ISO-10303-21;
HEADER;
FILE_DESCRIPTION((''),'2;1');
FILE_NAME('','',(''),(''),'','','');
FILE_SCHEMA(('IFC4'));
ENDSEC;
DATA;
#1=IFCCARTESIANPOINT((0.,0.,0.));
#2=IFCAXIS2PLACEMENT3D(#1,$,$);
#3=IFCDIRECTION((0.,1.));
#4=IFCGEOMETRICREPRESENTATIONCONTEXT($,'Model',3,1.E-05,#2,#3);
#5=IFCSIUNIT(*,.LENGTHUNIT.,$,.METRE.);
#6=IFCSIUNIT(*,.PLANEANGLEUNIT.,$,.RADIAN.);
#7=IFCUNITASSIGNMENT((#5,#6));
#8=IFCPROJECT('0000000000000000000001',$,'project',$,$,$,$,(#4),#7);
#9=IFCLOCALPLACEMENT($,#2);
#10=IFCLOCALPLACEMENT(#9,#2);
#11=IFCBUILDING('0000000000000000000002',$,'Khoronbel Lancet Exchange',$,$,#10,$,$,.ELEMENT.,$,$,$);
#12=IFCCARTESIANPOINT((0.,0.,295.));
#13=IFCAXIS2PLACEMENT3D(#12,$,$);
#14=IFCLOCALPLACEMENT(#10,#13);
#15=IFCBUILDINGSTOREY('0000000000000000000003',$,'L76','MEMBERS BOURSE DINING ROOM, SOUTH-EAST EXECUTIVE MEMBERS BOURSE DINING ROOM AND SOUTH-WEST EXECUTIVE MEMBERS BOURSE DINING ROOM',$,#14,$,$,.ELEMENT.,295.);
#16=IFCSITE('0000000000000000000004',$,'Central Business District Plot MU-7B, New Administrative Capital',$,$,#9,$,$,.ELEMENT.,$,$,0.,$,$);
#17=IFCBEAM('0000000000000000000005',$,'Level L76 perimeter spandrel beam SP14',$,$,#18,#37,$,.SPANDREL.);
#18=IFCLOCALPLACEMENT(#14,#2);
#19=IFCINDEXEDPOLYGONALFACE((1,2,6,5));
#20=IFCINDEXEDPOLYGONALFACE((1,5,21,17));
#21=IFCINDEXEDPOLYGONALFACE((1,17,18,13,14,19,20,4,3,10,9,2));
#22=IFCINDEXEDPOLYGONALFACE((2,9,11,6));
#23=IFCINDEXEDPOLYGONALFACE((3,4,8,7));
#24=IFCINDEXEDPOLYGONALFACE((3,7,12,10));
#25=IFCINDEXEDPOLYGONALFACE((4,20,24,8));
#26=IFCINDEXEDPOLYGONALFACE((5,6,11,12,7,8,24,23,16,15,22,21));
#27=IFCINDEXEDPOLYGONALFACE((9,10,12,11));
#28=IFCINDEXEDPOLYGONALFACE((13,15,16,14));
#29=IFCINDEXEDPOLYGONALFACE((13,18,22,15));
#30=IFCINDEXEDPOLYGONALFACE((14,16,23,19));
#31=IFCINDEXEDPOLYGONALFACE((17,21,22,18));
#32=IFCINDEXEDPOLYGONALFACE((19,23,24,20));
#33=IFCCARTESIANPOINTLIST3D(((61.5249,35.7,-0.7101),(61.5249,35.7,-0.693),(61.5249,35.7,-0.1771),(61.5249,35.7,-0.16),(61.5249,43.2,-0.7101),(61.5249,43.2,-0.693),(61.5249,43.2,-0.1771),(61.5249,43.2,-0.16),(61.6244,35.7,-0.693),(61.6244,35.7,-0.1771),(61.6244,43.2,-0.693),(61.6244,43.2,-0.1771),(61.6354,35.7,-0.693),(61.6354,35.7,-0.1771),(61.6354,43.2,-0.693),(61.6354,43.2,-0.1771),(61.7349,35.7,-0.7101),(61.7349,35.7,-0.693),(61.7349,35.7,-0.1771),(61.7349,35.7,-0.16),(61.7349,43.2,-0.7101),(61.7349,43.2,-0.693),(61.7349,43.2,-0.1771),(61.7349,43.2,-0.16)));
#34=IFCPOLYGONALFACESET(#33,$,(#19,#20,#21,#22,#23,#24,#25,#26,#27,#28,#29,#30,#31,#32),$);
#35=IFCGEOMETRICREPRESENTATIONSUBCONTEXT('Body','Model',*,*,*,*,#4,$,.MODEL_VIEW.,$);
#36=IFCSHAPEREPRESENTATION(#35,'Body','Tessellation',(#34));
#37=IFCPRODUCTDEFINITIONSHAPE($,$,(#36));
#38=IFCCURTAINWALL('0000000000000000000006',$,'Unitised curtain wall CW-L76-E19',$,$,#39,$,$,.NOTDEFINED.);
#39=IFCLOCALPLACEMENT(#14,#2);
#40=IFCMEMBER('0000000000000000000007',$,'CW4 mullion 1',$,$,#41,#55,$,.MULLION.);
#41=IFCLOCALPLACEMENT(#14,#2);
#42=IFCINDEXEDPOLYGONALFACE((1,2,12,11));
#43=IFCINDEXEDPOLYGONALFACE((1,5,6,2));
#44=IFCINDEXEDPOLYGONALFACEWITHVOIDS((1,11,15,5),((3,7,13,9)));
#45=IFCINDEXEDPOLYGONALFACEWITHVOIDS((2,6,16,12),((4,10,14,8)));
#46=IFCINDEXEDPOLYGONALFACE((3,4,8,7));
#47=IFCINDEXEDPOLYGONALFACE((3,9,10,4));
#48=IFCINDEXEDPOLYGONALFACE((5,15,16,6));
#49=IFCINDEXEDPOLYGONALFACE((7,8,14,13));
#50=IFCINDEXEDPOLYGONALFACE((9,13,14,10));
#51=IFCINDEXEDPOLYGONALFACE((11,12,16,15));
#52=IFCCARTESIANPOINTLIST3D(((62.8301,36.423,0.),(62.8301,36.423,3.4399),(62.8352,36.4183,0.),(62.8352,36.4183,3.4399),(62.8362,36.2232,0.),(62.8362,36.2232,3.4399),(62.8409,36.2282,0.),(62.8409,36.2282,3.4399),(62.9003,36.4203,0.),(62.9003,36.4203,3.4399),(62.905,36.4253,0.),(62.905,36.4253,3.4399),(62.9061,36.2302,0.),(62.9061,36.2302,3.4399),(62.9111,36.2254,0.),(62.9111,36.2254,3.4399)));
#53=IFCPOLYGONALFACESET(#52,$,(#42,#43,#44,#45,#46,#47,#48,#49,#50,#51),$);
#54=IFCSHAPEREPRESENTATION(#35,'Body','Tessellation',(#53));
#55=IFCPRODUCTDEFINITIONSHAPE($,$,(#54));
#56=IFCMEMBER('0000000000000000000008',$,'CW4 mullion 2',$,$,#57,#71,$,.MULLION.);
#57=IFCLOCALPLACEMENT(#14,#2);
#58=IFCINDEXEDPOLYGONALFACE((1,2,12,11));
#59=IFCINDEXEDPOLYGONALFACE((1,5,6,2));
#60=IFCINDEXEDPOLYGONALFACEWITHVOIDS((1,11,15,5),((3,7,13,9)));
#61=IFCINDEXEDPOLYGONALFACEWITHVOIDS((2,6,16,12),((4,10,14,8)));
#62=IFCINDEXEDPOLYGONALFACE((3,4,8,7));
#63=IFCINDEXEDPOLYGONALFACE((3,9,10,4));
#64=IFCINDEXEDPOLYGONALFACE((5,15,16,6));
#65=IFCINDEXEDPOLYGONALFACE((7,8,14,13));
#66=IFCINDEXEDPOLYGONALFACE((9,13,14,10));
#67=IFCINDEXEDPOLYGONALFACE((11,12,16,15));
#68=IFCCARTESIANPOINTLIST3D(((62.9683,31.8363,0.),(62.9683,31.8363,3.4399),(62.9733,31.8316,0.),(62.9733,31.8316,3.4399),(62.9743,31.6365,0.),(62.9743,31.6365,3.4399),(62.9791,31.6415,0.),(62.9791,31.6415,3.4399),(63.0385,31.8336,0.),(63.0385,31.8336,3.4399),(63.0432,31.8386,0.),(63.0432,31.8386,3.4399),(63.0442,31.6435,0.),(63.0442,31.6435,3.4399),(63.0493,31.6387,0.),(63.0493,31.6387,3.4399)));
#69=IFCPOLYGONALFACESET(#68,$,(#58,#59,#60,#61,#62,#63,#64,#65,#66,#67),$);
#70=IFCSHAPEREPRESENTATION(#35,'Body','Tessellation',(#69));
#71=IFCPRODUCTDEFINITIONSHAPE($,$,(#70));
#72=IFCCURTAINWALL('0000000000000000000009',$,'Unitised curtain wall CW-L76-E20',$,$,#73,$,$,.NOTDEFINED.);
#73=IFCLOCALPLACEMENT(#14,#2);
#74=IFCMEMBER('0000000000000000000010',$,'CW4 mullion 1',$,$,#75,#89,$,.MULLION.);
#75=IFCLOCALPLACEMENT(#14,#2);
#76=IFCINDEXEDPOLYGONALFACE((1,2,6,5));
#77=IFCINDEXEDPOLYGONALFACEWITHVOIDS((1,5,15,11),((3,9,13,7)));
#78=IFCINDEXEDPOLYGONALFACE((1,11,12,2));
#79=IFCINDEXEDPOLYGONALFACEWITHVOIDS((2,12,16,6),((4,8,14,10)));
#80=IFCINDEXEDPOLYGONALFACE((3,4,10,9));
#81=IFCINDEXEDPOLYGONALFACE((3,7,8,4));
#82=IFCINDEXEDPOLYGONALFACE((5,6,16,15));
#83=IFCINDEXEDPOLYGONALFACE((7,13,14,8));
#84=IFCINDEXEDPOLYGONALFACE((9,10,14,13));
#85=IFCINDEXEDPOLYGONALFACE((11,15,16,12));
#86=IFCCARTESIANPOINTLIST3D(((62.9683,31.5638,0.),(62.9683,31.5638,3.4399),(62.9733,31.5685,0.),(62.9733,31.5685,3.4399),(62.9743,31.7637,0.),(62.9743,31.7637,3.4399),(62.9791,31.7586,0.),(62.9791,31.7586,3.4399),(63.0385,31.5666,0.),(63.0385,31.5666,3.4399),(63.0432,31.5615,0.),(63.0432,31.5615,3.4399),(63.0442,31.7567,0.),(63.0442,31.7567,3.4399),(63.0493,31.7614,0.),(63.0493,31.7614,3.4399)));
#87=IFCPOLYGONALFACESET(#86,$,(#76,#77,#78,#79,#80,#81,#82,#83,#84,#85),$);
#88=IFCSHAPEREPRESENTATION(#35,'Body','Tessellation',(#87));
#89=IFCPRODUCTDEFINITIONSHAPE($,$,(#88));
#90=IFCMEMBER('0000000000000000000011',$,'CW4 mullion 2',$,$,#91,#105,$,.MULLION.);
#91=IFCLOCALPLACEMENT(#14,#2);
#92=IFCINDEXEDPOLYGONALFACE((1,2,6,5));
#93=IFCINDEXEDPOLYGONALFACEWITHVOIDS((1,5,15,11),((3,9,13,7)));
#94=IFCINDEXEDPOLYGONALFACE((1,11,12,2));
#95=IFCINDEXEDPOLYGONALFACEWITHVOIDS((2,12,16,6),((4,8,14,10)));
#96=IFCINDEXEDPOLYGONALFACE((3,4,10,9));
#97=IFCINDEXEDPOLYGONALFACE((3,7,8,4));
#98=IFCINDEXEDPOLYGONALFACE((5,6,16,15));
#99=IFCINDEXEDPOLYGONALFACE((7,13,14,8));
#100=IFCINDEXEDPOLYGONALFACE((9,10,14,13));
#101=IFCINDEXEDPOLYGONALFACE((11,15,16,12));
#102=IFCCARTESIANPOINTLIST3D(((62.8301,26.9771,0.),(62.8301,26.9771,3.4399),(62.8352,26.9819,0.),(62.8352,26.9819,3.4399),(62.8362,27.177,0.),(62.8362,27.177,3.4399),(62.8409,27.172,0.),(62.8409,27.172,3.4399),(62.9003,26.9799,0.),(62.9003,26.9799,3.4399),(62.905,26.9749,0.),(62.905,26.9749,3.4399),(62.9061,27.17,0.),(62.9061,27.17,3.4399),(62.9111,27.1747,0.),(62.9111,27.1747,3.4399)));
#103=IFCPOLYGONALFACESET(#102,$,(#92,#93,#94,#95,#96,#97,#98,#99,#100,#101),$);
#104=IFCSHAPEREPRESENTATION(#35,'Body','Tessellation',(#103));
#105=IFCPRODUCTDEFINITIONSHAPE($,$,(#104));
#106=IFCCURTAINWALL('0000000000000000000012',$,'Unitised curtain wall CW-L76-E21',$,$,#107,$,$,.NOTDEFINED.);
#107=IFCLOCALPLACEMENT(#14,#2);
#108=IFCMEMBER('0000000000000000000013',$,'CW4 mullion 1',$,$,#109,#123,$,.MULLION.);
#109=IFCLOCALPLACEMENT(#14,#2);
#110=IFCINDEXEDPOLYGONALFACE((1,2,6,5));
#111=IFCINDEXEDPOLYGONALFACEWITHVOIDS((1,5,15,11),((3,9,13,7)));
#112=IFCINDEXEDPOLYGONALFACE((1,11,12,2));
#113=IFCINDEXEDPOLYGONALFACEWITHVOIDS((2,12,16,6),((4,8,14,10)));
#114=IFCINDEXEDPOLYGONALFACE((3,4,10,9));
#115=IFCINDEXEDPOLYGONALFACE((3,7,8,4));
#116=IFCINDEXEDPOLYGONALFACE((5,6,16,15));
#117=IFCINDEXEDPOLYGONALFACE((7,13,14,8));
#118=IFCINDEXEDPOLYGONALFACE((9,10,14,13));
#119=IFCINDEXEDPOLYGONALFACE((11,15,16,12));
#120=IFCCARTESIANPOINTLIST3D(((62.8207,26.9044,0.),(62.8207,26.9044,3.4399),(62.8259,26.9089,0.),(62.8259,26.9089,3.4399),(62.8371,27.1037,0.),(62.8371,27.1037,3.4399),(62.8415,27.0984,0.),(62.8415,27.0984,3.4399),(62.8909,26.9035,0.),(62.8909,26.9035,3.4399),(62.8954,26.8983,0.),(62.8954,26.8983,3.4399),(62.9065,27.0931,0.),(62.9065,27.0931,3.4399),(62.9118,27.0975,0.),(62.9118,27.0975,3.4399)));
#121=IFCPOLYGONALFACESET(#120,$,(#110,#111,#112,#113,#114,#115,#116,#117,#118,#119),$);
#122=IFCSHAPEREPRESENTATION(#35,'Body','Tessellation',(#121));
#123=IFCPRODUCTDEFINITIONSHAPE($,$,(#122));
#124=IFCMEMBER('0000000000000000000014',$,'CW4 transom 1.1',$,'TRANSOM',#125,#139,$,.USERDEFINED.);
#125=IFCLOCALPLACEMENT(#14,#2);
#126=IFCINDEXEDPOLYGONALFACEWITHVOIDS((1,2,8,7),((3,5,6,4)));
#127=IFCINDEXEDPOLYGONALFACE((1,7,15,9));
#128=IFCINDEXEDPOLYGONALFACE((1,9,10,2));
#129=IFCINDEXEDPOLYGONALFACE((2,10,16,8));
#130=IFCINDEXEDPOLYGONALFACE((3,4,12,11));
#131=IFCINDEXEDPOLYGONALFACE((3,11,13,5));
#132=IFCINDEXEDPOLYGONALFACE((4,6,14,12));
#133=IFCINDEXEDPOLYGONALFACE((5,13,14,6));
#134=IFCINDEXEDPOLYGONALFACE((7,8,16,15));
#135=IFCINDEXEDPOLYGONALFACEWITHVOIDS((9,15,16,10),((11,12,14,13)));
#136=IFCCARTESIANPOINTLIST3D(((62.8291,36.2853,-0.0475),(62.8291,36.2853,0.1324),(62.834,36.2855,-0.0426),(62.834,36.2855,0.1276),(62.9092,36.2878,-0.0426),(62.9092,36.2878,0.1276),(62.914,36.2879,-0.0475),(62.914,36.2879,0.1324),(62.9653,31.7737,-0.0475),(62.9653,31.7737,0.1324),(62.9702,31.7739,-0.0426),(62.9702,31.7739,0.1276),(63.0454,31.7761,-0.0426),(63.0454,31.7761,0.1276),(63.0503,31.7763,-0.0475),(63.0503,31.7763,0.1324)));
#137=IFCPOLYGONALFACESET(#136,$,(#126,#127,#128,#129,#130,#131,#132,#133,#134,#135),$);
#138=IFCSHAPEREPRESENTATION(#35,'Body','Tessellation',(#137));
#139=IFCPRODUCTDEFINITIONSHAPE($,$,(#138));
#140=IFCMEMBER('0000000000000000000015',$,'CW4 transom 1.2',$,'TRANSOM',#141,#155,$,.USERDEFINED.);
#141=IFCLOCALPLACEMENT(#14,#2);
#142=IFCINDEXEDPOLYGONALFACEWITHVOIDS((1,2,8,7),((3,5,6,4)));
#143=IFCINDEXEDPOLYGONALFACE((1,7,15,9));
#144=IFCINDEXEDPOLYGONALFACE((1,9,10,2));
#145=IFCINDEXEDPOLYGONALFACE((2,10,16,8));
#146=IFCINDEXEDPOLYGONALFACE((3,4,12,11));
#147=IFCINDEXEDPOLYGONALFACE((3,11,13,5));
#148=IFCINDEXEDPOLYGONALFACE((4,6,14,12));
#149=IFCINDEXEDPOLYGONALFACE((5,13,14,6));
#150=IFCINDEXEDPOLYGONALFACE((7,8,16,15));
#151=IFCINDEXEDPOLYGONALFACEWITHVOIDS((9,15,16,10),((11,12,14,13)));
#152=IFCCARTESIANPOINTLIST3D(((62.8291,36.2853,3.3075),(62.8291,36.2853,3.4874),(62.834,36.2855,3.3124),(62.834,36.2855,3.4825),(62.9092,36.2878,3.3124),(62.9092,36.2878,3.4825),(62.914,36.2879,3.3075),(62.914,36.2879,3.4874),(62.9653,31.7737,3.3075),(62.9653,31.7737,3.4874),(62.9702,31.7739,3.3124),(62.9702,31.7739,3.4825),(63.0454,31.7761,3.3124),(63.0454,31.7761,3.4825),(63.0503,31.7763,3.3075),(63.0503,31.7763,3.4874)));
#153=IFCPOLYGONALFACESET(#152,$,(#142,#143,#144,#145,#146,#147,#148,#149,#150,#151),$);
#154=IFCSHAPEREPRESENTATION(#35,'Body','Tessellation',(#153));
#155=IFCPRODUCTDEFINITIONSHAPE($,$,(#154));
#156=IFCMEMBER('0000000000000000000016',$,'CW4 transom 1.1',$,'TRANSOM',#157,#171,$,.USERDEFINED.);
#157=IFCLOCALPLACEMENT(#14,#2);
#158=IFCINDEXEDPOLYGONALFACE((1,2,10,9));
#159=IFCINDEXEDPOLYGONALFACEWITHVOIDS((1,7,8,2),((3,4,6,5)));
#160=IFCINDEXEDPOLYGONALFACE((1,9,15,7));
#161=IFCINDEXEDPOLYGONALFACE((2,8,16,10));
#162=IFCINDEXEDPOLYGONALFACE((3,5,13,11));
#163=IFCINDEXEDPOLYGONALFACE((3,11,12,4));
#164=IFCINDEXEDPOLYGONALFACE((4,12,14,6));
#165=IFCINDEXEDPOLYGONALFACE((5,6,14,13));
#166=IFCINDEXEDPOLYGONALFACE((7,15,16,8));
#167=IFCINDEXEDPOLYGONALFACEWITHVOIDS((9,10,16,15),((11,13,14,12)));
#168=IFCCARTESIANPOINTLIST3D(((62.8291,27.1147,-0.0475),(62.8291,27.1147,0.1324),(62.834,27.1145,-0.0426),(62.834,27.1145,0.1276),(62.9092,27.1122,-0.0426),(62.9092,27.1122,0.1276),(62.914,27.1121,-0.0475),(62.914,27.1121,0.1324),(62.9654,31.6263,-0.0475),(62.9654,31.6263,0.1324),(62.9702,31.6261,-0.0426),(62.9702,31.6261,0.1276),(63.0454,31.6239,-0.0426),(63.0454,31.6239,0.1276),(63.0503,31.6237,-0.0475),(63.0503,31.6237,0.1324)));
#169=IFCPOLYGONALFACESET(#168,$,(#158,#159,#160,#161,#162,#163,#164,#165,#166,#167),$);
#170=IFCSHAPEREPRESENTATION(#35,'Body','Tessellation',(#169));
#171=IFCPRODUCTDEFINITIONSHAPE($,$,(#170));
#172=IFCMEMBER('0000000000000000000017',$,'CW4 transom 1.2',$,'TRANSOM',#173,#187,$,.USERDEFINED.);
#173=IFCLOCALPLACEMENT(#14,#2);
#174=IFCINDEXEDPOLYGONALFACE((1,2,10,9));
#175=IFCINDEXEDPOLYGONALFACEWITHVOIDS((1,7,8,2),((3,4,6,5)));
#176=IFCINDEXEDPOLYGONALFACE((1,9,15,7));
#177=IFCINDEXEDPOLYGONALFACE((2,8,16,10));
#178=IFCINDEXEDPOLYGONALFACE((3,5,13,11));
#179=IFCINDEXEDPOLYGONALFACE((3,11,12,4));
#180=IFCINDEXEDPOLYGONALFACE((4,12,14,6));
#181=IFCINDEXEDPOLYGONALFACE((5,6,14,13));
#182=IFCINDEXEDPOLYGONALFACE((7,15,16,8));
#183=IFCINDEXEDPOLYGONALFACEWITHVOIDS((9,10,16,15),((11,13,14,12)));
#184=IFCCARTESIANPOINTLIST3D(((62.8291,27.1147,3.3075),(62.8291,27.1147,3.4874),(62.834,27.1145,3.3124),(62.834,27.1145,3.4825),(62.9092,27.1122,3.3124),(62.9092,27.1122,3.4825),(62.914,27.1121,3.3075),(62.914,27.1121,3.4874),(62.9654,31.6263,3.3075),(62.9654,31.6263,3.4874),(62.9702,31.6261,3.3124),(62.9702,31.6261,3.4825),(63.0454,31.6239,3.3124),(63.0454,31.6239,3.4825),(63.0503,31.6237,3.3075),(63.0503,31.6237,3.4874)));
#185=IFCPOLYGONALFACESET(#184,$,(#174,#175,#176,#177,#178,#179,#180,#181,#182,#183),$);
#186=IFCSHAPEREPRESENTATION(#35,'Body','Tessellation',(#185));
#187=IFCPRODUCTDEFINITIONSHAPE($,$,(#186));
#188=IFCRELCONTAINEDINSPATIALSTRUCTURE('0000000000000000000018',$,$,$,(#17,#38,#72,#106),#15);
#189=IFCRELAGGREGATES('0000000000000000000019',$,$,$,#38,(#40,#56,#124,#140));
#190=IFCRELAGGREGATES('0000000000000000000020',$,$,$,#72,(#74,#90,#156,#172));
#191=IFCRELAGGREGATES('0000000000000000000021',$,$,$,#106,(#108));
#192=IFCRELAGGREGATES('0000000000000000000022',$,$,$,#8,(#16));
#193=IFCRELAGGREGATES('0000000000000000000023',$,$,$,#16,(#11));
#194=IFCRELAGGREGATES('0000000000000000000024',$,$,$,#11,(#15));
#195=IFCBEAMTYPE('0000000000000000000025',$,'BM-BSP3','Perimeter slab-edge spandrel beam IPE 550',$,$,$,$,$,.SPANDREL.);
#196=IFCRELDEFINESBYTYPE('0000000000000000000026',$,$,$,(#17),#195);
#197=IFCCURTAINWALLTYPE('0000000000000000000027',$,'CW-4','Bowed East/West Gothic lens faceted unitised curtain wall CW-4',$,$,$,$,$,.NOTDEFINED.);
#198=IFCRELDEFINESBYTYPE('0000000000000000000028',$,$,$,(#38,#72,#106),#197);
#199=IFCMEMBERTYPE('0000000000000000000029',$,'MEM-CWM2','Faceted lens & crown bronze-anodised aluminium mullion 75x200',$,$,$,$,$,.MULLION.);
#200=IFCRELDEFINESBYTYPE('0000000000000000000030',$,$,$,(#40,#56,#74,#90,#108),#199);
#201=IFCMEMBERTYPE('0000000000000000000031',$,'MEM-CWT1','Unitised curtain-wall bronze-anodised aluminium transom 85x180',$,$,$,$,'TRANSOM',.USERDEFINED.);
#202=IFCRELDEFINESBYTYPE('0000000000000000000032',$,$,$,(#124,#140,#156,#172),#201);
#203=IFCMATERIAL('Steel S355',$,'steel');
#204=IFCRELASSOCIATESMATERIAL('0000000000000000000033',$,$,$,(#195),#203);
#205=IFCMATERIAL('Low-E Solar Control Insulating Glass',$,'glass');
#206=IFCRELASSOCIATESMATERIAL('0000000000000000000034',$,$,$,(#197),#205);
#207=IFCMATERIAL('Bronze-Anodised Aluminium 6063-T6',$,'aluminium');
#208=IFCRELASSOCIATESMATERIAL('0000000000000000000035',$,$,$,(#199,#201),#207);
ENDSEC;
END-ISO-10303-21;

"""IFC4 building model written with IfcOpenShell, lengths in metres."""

from ifc_helpers import new_model, si_unit, direction, frame, origin, origin_2d, place, context, subcontext, project, spatial, hollow_rectangle, i_section, extrude, material, material_profile, profile_set, type_object, element, aggregate, save


model = new_model("IFC4")

# Units and contexts
model_context = context("Model", 3, precision=1e-05, world=origin(), true_north=direction((0.0, 1.0)))
body_context = subcontext(model_context, "Body", "Model", "MODEL_VIEW")
ifc_project = project(units=[si_unit("LENGTHUNIT", "METRE"), si_unit("PLANEANGLEUNIT", "RADIAN")], contexts=[model_context])

# Site, building, storey
site_placement = place(None, origin())
site = spatial("IfcSite", under=ifc_project, at=site_placement, Name="Central Business District Plot MU-7B, New Administrative Capital", CompositionType="ELEMENT", RefElevation=0.0)
building_placement = place(site_placement, origin())
building = spatial("IfcBuilding", under=site, at=building_placement, Name="Khoronbel Lancet Exchange", CompositionType="ELEMENT")
storey_placement = place(building_placement, frame((0.0, 0.0, 295.0)))
storey = spatial("IfcBuildingStorey", under=building, at=storey_placement, Name="L76", Description="MEMBERS BOURSE DINING ROOM, SOUTH-EAST EXECUTIVE MEMBERS BOURSE DINING ROOM AND SOUTH-WEST EXECUTIVE MEMBERS BOURSE DINING ROOM", CompositionType="ELEMENT", Elevation=295.0)

# Shared definitions
ifc_material_1 = material(Name="Steel S355", Category="steel")

# Beam
ifc_material_profile_1 = material_profile(ifc_material_1, i_section(OverallWidth=0.21, OverallDepth=0.55, WebThickness=0.011, FlangeThickness=0.0171, at=origin_2d()), Name="IPE 550")
ifc_profile_set_1 = profile_set([ifc_material_profile_1], Name="Steel S355")
beam_type_1 = type_object("IfcBeamType", Name="BM-BSP3", Description="Perimeter slab-edge spandrel beam IPE 550", PredefinedType="SPANDREL", material=ifc_profile_set_1)
beam_1_placement = place(storey_placement, frame((61.6299, 35.7, -0.4351), z_axis=(0.0, 1.0, 0.0), x_axis=(-1.0, 0.0, 0.0)))
element("IfcBeam", 1, at=beam_1_placement, inside=storey, type_object=beam_type_1, Name="Level L76 perimeter spandrel beam SP14", PredefinedType="SPANDREL", context=body_context, shape_type="SweptSolid", body=[
    extrude(i_section(OverallWidth=0.21, OverallDepth=0.55, WebThickness=0.011, FlangeThickness=0.0171, at=origin_2d()), origin(), (0.0, 0.0, 1.0), 7.5),
])

# Curtain walls, members
ifc_material_2 = material(Name="Low-E Solar Control Insulating Glass", Category="glass")
curtain_wall_type = type_object("IfcCurtainWallType", Name="CW-4", Description="Bowed East/West Gothic lens faceted unitised curtain wall CW-4", PredefinedType="NOTDEFINED", material=ifc_material_2)
curtain_wall_1_placement = place(storey_placement, origin())
curtain_wall_1 = element("IfcCurtainWall", 2, at=curtain_wall_1_placement, inside=storey, type_object=curtain_wall_type, Name="Unitised curtain wall CW-L76-E19", PredefinedType="NOTDEFINED")
ifc_material_3 = material(Name="Bronze-Anodised Aluminium 6063-T6", Category="aluminium")
ifc_material_profile_2 = material_profile(ifc_material_3, hollow_rectangle(XDim=0.075, YDim=0.2, WallThickness=0.0049, at=origin_2d()), Name="ALU MULLION 75x200")
ifc_profile_set_2 = profile_set([ifc_material_profile_2], Name="Bronze-Anodised Aluminium 6063-T6")
member_type_1 = type_object("IfcMemberType", Name="MEM-CWM2", Description="Faceted lens & crown bronze-anodised aluminium mullion 75x200", PredefinedType="MULLION", material=ifc_profile_set_2)
member_1_placement = place(storey_placement, frame((62.8706, 36.3242, 0.0), z_axis=(0.0, 0.0, 1.0), x_axis=(0.999545, 0.030148, 0.0)))
member_1 = element("IfcMember", 3, at=member_1_placement, type_object=member_type_1, Name="CW4 mullion 1", PredefinedType="MULLION", context=body_context, shape_type="SweptSolid", body=[
    extrude(hollow_rectangle(XDim=0.075, YDim=0.2, WallThickness=0.0049, at=origin_2d()), origin(), (0.0, 0.0, 1.0), 3.4399),
])
member_2_placement = place(storey_placement, frame((63.0088, 31.7375, 0.0), z_axis=(0.0, 0.0, 1.0), x_axis=(0.999545, 0.030148, 0.0)))
member_2 = element("IfcMember", 4, at=member_2_placement, type_object=member_type_1, Name="CW4 mullion 2", PredefinedType="MULLION", context=body_context, shape_type="SweptSolid", body=[
    extrude(hollow_rectangle(XDim=0.075, YDim=0.2, WallThickness=0.0049, at=origin_2d()), origin(), (0.0, 0.0, 1.0), 3.4399),
])
curtain_wall_2_placement = place(storey_placement, origin())
curtain_wall_2 = element("IfcCurtainWall", 5, at=curtain_wall_2_placement, inside=storey, type_object=curtain_wall_type, Name="Unitised curtain wall CW-L76-E20", PredefinedType="NOTDEFINED")
member_3_placement = place(storey_placement, frame((63.0088, 31.6626, 0.0), z_axis=(0.0, 0.0, 1.0), x_axis=(0.999545, -0.030148, 0.0)))
member_3 = element("IfcMember", 6, at=member_3_placement, type_object=member_type_1, Name="CW4 mullion 1", PredefinedType="MULLION", context=body_context, shape_type="SweptSolid", body=[
    extrude(hollow_rectangle(XDim=0.075, YDim=0.2, WallThickness=0.0049, at=origin_2d()), origin(), (0.0, 0.0, 1.0), 3.4399),
])
member_4_placement = place(storey_placement, frame((62.8706, 27.0759, 0.0), z_axis=(0.0, 0.0, 1.0), x_axis=(0.999545, -0.030148, 0.0)))
member_4 = element("IfcMember", 7, at=member_4_placement, type_object=member_type_1, Name="CW4 mullion 2", PredefinedType="MULLION", context=body_context, shape_type="SweptSolid", body=[
    extrude(hollow_rectangle(XDim=0.075, YDim=0.2, WallThickness=0.0049, at=origin_2d()), origin(), (0.0, 0.0, 1.0), 3.4399),
])

# Curtain wall, member
curtain_wall_3_placement = place(storey_placement, origin())
curtain_wall_3 = element("IfcCurtainWall", 8, at=curtain_wall_3_placement, inside=storey, type_object=curtain_wall_type, Name="Unitised curtain wall CW-L76-E21", PredefinedType="NOTDEFINED")
member_5_placement = place(storey_placement, frame((62.8662, 27.001, 0.0), z_axis=(0.0, 0.0, 1.0), x_axis=(0.996626, -0.082073, 0.0)))
member_5 = element("IfcMember", 9, at=member_5_placement, type_object=member_type_1, Name="CW4 mullion 1", PredefinedType="MULLION", context=body_context, shape_type="SweptSolid", body=[
    extrude(hollow_rectangle(XDim=0.075, YDim=0.2, WallThickness=0.0049, at=origin_2d()), origin(), (0.0, 0.0, 1.0), 3.4399),
])

# Members
ifc_material_profile_3 = material_profile(ifc_material_3, hollow_rectangle(XDim=0.085, YDim=0.1799, WallThickness=0.0049, at=origin_2d()), Name="ALU TRANSOM 85x180")
ifc_profile_set_3 = profile_set([ifc_material_profile_3], Name="Bronze-Anodised Aluminium 6063-T6")
member_type_2 = type_object("IfcMemberType", Name="MEM-CWT1", Description="Unitised curtain-wall bronze-anodised aluminium transom 85x180", ElementType="TRANSOM", PredefinedType="USERDEFINED", material=ifc_profile_set_3)
member_6_placement = place(storey_placement, frame((62.8716, 36.2866, 0.0425), z_axis=(0.030181, -0.999544, 0.0), x_axis=(0.999544, 0.030181, 0.0)))
member_6 = element("IfcMember", 10, at=member_6_placement, type_object=member_type_2, Name="CW4 transom 1.1", ObjectType="TRANSOM", PredefinedType="USERDEFINED", context=body_context, shape_type="SweptSolid", body=[
    extrude(hollow_rectangle(XDim=0.085, YDim=0.1799, WallThickness=0.0049, at=origin_2d()), origin(), (0.0, 0.0, 1.0), 4.5137),
])
member_7_placement = place(storey_placement, frame((62.8716, 36.2866, 3.3975), z_axis=(0.030181, -0.999544, 0.0), x_axis=(0.999544, 0.030181, 0.0)))
member_7 = element("IfcMember", 11, at=member_7_placement, type_object=member_type_2, Name="CW4 transom 1.2", ObjectType="TRANSOM", PredefinedType="USERDEFINED", context=body_context, shape_type="SweptSolid", body=[
    extrude(hollow_rectangle(XDim=0.085, YDim=0.1799, WallThickness=0.0049, at=origin_2d()), origin(), (0.0, 0.0, 1.0), 4.5137),
])
member_8_placement = place(storey_placement, frame((63.0078, 31.625, 0.0425), z_axis=(-0.030181, -0.999544, 0.0), x_axis=(0.999544, -0.030181, 0.0)))
member_8 = element("IfcMember", 12, at=member_8_placement, type_object=member_type_2, Name="CW4 transom 1.1", ObjectType="TRANSOM", PredefinedType="USERDEFINED", context=body_context, shape_type="SweptSolid", body=[
    extrude(hollow_rectangle(XDim=0.085, YDim=0.1799, WallThickness=0.0049, at=origin_2d()), origin(), (0.0, 0.0, 1.0), 4.5137),
])
member_9_placement = place(storey_placement, frame((63.0078, 31.625, 3.3975), z_axis=(-0.030181, -0.999544, 0.0), x_axis=(0.999544, -0.030181, 0.0)))
member_9 = element("IfcMember", 13, at=member_9_placement, type_object=member_type_2, Name="CW4 transom 1.2", ObjectType="TRANSOM", PredefinedType="USERDEFINED", context=body_context, shape_type="SweptSolid", body=[
    extrude(hollow_rectangle(XDim=0.085, YDim=0.1799, WallThickness=0.0049, at=origin_2d()), origin(), (0.0, 0.0, 1.0), 4.5137),
])

aggregate(curtain_wall_1, [member_1, member_2, member_6, member_7])
aggregate(curtain_wall_2, [member_3, member_4, member_8, member_9])
aggregate(curtain_wall_3, [member_5])

save(model, "model.ifc")
